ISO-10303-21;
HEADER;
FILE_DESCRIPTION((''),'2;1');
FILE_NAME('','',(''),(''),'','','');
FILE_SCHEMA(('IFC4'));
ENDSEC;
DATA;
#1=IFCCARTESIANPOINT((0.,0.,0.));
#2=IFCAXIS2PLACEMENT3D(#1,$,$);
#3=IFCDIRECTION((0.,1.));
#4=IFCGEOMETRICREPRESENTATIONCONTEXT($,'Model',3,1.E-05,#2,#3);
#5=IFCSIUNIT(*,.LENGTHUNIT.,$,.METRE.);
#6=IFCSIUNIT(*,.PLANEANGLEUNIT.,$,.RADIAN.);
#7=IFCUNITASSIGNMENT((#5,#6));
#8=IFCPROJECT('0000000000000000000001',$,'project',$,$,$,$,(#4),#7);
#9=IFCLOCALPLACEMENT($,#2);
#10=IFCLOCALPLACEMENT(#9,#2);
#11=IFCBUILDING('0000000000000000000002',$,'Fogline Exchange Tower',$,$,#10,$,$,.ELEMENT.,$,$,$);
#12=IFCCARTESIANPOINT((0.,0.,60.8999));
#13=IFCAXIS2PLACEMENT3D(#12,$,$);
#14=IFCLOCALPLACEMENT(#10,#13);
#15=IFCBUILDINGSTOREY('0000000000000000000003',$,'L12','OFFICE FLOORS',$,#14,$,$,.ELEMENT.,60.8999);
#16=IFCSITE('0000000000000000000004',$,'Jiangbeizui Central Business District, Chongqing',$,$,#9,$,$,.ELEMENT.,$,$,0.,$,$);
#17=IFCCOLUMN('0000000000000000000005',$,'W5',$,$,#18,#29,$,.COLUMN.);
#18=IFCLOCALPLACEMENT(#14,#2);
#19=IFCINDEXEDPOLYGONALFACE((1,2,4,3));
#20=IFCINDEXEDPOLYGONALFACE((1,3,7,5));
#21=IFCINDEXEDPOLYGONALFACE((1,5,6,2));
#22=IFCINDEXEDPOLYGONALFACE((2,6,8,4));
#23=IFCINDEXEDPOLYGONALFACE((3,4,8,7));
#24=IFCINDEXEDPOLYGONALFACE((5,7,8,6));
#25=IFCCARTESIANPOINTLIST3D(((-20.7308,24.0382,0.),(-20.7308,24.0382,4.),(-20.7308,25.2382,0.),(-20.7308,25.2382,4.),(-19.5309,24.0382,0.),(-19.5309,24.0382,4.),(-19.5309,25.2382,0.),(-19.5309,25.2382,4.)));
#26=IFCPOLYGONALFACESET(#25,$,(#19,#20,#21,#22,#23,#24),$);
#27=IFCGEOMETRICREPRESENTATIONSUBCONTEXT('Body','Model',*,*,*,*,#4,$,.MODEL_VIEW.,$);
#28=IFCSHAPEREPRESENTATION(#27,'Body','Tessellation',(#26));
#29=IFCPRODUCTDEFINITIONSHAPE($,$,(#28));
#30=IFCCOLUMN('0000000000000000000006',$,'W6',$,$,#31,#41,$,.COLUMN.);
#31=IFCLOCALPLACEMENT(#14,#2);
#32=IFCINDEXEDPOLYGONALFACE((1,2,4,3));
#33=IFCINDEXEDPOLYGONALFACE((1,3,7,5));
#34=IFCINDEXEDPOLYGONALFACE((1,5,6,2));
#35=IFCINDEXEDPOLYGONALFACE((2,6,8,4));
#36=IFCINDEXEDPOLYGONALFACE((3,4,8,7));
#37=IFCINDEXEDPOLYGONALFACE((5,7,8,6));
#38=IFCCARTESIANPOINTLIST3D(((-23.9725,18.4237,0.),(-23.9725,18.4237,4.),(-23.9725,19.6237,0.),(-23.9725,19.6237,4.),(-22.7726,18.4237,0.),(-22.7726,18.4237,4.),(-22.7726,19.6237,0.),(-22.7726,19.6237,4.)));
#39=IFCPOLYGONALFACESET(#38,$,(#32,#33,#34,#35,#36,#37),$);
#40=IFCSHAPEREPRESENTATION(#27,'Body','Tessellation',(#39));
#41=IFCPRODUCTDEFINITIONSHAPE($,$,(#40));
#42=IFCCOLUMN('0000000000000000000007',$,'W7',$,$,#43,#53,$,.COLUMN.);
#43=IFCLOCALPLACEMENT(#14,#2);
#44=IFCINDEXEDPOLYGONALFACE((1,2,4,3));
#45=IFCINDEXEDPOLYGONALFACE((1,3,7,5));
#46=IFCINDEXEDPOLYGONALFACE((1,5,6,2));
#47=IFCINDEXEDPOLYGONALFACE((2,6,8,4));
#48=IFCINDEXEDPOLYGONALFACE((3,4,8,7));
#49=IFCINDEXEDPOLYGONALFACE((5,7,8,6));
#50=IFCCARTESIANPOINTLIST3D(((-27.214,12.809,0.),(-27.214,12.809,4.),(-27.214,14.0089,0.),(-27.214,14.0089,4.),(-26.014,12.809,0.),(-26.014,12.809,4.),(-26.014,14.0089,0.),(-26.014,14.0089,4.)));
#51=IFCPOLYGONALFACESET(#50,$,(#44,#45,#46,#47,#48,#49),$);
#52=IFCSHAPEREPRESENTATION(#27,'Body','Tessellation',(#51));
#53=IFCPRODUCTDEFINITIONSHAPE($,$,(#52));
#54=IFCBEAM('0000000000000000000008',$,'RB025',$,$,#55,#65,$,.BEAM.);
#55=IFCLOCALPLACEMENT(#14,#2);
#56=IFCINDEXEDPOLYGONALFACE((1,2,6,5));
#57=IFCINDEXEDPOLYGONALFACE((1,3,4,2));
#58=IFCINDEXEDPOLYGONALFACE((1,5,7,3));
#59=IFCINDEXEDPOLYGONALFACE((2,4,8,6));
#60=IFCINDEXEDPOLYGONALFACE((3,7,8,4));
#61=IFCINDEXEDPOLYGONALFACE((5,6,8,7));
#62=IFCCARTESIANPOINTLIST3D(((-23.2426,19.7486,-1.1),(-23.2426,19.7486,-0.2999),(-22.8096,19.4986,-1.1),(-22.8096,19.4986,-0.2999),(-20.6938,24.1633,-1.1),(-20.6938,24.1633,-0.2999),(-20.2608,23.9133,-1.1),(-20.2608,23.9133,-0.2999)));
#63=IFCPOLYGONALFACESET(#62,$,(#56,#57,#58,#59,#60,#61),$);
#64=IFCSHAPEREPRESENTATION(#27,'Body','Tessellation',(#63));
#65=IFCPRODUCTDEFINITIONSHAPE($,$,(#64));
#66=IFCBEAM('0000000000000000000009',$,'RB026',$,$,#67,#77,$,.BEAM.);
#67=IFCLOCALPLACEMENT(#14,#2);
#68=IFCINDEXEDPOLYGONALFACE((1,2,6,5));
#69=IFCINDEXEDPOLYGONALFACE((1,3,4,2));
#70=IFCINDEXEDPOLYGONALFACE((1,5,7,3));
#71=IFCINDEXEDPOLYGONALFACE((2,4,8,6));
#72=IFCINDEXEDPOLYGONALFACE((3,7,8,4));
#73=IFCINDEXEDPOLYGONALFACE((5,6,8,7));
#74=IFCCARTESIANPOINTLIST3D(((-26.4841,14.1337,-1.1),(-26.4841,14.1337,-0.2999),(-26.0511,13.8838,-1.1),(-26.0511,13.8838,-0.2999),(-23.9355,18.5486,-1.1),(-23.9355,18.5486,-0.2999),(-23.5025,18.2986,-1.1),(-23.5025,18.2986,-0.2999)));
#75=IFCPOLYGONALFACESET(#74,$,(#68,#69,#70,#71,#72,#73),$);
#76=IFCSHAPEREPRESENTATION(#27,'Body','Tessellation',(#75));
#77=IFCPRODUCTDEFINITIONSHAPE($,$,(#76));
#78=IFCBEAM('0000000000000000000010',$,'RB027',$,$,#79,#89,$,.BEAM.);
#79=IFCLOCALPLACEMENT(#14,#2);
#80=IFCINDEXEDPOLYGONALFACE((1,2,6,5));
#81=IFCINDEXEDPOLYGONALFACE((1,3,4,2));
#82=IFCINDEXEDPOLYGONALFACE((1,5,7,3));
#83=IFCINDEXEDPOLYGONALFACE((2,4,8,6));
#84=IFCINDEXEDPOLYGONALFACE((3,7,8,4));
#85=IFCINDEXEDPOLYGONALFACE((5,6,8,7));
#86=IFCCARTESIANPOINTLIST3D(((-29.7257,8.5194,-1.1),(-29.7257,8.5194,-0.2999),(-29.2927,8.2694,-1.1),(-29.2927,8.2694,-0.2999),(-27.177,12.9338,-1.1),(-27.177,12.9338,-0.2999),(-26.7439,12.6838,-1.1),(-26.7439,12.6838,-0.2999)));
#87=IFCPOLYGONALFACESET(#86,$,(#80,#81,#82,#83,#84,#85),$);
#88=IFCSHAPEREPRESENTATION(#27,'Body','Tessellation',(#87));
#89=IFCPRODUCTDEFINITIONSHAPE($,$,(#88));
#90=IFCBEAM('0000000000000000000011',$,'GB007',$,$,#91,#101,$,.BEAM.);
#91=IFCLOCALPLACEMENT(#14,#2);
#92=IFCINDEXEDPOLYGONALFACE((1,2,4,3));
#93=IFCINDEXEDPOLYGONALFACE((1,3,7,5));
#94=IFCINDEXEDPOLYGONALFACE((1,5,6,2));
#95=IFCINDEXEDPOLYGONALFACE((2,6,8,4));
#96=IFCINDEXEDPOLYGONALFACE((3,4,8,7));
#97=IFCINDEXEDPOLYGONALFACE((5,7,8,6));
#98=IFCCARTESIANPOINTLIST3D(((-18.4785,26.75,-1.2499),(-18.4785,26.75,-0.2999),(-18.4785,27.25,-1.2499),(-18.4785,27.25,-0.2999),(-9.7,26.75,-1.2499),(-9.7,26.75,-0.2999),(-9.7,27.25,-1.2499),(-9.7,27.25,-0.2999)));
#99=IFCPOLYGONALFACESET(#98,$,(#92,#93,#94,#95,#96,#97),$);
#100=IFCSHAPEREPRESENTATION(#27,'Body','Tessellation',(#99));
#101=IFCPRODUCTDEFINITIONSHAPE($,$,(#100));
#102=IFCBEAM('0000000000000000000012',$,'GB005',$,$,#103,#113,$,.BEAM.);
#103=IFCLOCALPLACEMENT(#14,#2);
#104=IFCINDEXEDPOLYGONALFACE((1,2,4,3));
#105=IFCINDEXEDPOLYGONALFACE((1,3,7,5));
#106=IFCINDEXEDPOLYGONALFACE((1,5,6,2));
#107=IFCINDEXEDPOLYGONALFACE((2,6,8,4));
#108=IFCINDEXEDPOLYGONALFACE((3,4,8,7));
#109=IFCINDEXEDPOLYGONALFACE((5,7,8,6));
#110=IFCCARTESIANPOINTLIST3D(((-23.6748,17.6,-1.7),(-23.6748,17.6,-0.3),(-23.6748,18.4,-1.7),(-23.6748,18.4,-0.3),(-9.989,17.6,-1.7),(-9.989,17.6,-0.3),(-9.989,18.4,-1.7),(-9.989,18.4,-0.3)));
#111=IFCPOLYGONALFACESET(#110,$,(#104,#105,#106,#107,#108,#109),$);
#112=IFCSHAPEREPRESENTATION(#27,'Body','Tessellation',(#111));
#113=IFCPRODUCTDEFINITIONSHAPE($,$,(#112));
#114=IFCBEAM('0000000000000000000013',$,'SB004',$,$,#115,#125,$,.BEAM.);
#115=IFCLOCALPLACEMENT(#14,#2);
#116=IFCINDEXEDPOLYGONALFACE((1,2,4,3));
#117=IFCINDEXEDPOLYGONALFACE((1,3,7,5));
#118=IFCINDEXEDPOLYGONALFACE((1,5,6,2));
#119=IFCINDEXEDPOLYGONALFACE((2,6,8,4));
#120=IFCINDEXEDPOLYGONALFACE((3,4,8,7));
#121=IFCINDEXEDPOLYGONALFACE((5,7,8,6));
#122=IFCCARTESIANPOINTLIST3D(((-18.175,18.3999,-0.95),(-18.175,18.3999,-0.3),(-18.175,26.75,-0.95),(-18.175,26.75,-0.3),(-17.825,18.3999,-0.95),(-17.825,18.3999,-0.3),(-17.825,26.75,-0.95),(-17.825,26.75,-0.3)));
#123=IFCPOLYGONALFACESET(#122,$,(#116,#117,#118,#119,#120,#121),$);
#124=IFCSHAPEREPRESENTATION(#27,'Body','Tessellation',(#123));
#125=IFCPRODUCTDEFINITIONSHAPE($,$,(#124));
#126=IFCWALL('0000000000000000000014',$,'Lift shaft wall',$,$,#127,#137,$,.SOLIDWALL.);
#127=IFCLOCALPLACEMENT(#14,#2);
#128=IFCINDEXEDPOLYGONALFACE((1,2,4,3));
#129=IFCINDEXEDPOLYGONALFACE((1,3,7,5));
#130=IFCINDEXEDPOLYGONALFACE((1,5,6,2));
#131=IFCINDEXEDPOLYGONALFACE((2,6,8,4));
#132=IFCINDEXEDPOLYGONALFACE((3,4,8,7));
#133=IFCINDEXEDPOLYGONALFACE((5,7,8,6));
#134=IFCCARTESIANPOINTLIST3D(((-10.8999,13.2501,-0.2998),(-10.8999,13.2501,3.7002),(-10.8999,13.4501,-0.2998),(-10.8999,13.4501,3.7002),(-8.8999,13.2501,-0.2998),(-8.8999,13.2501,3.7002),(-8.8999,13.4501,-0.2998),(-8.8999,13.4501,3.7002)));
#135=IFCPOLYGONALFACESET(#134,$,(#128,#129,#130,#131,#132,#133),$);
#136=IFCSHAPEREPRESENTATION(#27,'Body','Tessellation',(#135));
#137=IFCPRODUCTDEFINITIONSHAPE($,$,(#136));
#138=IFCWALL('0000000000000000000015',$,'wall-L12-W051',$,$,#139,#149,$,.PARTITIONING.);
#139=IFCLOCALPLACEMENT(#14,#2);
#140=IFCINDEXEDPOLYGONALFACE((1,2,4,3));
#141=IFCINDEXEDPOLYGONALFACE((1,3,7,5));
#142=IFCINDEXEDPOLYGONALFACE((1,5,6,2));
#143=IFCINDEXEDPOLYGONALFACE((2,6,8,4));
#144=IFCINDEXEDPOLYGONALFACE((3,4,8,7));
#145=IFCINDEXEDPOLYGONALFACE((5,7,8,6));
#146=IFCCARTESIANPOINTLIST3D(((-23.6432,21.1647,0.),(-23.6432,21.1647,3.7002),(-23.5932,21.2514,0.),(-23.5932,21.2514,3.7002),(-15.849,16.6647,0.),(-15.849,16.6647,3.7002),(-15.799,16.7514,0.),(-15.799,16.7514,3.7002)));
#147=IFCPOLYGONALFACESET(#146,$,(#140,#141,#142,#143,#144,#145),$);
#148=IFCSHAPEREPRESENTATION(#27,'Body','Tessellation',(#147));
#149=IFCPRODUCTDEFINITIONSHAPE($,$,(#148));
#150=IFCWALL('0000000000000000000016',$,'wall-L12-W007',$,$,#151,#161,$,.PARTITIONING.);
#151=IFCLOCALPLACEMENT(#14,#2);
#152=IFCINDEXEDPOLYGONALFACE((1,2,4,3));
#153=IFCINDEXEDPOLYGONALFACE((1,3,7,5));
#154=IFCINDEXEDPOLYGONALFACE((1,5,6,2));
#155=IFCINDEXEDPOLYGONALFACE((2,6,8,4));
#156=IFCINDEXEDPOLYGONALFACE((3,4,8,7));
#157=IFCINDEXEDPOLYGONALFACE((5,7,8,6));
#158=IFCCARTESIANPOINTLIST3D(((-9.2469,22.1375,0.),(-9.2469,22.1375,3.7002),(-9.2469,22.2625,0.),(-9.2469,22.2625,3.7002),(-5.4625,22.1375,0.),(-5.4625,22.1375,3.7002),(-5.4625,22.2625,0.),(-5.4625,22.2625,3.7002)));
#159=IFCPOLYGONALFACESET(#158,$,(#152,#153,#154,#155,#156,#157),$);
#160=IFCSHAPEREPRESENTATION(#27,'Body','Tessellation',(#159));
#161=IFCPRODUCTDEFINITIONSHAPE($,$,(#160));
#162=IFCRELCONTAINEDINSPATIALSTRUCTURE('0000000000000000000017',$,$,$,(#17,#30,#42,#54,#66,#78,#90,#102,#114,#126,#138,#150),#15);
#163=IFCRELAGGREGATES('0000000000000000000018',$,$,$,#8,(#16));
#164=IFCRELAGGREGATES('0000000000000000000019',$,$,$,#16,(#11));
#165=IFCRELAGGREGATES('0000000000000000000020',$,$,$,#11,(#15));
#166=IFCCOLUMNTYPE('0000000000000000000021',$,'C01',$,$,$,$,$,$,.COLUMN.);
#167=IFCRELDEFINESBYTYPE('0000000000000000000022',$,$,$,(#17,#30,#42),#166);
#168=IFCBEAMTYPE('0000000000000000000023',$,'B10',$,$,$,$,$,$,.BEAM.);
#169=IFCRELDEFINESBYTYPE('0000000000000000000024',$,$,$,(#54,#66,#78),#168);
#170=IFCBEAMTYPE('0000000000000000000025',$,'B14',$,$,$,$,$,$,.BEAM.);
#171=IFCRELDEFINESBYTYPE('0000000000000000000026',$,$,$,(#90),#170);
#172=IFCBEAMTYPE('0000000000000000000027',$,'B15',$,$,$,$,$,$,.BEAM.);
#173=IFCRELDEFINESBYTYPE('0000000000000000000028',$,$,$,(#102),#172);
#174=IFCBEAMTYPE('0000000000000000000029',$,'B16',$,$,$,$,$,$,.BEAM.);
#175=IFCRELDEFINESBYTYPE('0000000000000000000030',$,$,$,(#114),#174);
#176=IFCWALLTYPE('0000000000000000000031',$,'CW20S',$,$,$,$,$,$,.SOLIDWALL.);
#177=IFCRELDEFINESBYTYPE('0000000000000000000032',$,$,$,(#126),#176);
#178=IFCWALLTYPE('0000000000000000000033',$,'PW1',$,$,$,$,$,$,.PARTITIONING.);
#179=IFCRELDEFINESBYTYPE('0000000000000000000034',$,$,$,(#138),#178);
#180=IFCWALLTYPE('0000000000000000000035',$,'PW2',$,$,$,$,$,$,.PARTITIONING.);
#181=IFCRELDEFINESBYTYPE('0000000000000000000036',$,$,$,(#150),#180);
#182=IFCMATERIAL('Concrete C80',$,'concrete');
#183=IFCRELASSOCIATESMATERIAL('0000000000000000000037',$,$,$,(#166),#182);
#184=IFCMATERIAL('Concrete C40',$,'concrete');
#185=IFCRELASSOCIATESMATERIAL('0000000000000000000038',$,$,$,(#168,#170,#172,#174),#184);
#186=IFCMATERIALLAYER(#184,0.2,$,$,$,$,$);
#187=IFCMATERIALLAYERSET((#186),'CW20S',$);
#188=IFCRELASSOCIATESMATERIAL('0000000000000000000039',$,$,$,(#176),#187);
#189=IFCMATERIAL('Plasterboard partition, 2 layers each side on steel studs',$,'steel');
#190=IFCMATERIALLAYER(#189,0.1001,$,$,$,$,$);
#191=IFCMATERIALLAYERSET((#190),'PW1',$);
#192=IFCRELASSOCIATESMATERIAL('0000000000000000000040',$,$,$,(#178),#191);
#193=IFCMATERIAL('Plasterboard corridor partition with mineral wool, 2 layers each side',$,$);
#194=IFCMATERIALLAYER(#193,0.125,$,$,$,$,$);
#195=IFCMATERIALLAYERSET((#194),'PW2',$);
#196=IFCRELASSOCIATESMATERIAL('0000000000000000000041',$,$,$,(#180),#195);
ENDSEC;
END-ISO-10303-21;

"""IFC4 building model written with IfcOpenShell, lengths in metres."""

from ifc_helpers import new_model, si_unit, direction, frame, frame_2d, origin, origin_2d, place, context, subcontext, project, spatial, rectangle, extrude, material, layer, layer_set, material_profile, profile_set, type_object, element, save


model = new_model("IFC4")

# Units and contexts
model_context = context("Model", 3, precision=1e-05, world=origin(), true_north=direction((0.0, 1.0)))
body_context = subcontext(model_context, "Body", "Model", "MODEL_VIEW")
ifc_project = project(units=[si_unit("LENGTHUNIT", "METRE"), si_unit("PLANEANGLEUNIT", "RADIAN")], contexts=[model_context])

# Site, building, storey
site_placement = place(None, origin())
site = spatial("IfcSite", under=ifc_project, at=site_placement, Name="Jiangbeizui Central Business District, Chongqing", CompositionType="ELEMENT", RefElevation=0.0)
building_placement = place(site_placement, origin())
building = spatial("IfcBuilding", under=site, at=building_placement, Name="Fogline Exchange Tower", CompositionType="ELEMENT")
storey_placement = place(building_placement, frame((0.0, 0.0, 60.8999)))
storey = spatial("IfcBuildingStorey", under=building, at=storey_placement, Name="L12", Description="OFFICE FLOORS", CompositionType="ELEMENT", Elevation=60.8999)

# Columns
ifc_material_1 = material(Name="Concrete C80", Category="concrete")
ifc_material_profile_1 = material_profile(ifc_material_1, rectangle(XDim=1.2, YDim=1.2, at=origin_2d()), Name="RC 1200x1200")
ifc_profile_set_1 = profile_set([ifc_material_profile_1], Name="Concrete C80")
column_type = type_object("IfcColumnType", Name="C01", PredefinedType="COLUMN", material=ifc_profile_set_1)
for number, where, z_axis, x_axis, name in (
    (1, (-20.1309, 24.6382, 0.0), (0.0, 0.0, 1.0), (1.0, 0.0, 0.0), "W5"),
    (2, (-23.3726, 19.0237, 0.0), (0.0, 0.0, 1.0), (1.0, 0.0, 0.0), "W6"),
    (3, (-26.614, 13.4089, 0.0), (0.0, 0.0, 1.0), (1.0, 0.0, 0.0), "W7"),
):
    element("IfcColumn", number, at=place(storey_placement, frame(where, z_axis=z_axis, x_axis=x_axis)), inside=storey, type_object=column_type, Name=name, PredefinedType="COLUMN", context=body_context, shape_type="SweptSolid", body=[
        extrude(rectangle(XDim=1.2, YDim=1.2, at=origin_2d()), origin(), (0.0, 0.0, 1.0), 4.0),
    ])

# Beams
ifc_material_2 = material(Name="Concrete C40", Category="concrete")
ifc_material_profile_2 = material_profile(ifc_material_2, rectangle(XDim=0.5, YDim=0.8, at=origin_2d()), Name="RC 500x800")
ifc_profile_set_2 = profile_set([ifc_material_profile_2], Name="Concrete C40")
beam_type_1 = type_object("IfcBeamType", Name="B10", PredefinedType="BEAM", material=ifc_profile_set_2)
for number, where, z_axis, x_axis, name in (
    (4, (-20.4773, 24.0383, -0.7), (-0.499992, -0.86603, 0.0), (0.86603, -0.499992, 0.0), "RB025"),
    (5, (-23.719, 18.4236, -0.7), (-0.499956, -0.866051, 0.0), (0.866051, -0.499956, 0.0), "RB026"),
):
    element("IfcBeam", number, at=place(storey_placement, frame(where, z_axis=z_axis, x_axis=x_axis)), inside=storey, type_object=beam_type_1, Name=name, PredefinedType="BEAM", context=body_context, shape_type="SweptSolid", body=[
        extrude(rectangle(XDim=0.5, YDim=0.8, at=origin_2d()), origin(), (0.0, 0.0, 1.0), 5.0977),
    ])
beam_1_placement = place(storey_placement, frame((-26.9604, 12.8088, -0.7), z_axis=(-0.500013, -0.866018, 0.0), x_axis=(0.866018, -0.500013, 0.0)))
element("IfcBeam", 6, at=beam_1_placement, inside=storey, type_object=beam_type_1, Name="RB027", PredefinedType="BEAM", context=body_context, shape_type="SweptSolid", body=[
    extrude(rectangle(XDim=0.5, YDim=0.8, at=origin_2d()), origin(), (0.0, 0.0, 1.0), 5.0974),
])
ifc_material_profile_3 = material_profile(ifc_material_2, rectangle(XDim=0.5, YDim=0.95, at=origin_2d()), Name="RC 500x950")
ifc_profile_set_3 = profile_set([ifc_material_profile_3], Name="Concrete C40")
beam_type_2 = type_object("IfcBeamType", Name="B14", PredefinedType="BEAM", material=ifc_profile_set_3)
beam_2_placement = place(storey_placement, frame((-18.4785, 27.0, -0.7749), z_axis=(1.0, 0.0, 0.0), x_axis=(0.0, 1.0, 0.0)))
element("IfcBeam", 7, at=beam_2_placement, inside=storey, type_object=beam_type_2, Name="GB007", PredefinedType="BEAM", context=body_context, shape_type="SweptSolid", body=[
    extrude(rectangle(XDim=0.5, YDim=0.95, at=origin_2d()), origin(), (0.0, 0.0, 1.0), 8.7786),
])
ifc_material_profile_4 = material_profile(ifc_material_2, rectangle(XDim=0.8, YDim=1.3999, at=origin_2d()), Name="RC 800x1400")
ifc_profile_set_4 = profile_set([ifc_material_profile_4], Name="Concrete C40")
beam_type_3 = type_object("IfcBeamType", Name="B15", PredefinedType="BEAM", material=ifc_profile_set_4)
beam_3_placement = place(storey_placement, frame((-23.6748, 18.0, -1.0), z_axis=(1.0, 0.0, 0.0), x_axis=(0.0, 1.0, 0.0)))
element("IfcBeam", 8, at=beam_3_placement, inside=storey, type_object=beam_type_3, Name="GB005", PredefinedType="BEAM", context=body_context, shape_type="SweptSolid", body=[
    extrude(rectangle(XDim=0.8, YDim=1.3999, at=origin_2d()), origin(), (0.0, 0.0, 1.0), 13.6858),
])
ifc_material_profile_5 = material_profile(ifc_material_2, rectangle(XDim=0.3501, YDim=0.6499, at=origin_2d()), Name="RC 350x650")
ifc_profile_set_5 = profile_set([ifc_material_profile_5], Name="Concrete C40")
beam_type_4 = type_object("IfcBeamType", Name="B16", PredefinedType="BEAM", material=ifc_profile_set_5)
beam_4_placement = place(storey_placement, frame((-18.0, 18.3999, -0.625), z_axis=(0.0, 1.0, 0.0), x_axis=(-1.0, 0.0, 0.0)))
element("IfcBeam", 9, at=beam_4_placement, inside=storey, type_object=beam_type_4, Name="SB004", PredefinedType="BEAM", context=body_context, shape_type="SweptSolid", body=[
    extrude(rectangle(XDim=0.3501, YDim=0.6499, at=origin_2d()), origin(), (0.0, 0.0, 1.0), 8.3501),
])

# Walls
ifc_layer_1 = layer(ifc_material_2, 0.2)
ifc_layer_set_1 = layer_set([ifc_layer_1], Name="CW20S")
wall_type_1 = type_object("IfcWallType", Name="CW20S", PredefinedType="SOLIDWALL", material=ifc_layer_set_1)
wall_1_placement = place(storey_placement, frame((-10.8999, 13.3501, -0.2998), z_axis=(0.0, 0.0, 1.0), x_axis=(1.0, 0.0, 0.0)))
element("IfcWall", 10, at=wall_1_placement, inside=storey, type_object=wall_type_1, Name="Lift shaft wall", PredefinedType="SOLIDWALL", context=body_context, shape_type="SweptSolid", body=[
    extrude(rectangle(XDim=2.0, YDim=0.2, at=frame_2d((1.0, 0.0))), origin(), (0.0, 0.0, 1.0), 4.0),
])
ifc_material_3 = material(Name="Plasterboard partition, 2 layers each side on steel studs", Category="steel")
ifc_layer_2 = layer(ifc_material_3, 0.1001)
ifc_layer_set_2 = layer_set([ifc_layer_2], Name="PW1")
wall_type_2 = type_object("IfcWallType", Name="PW1", PredefinedType="PARTITIONING", material=ifc_layer_set_2)
wall_2_placement = place(storey_placement, frame((-15.824, 16.708, 0.0), z_axis=(0.0, 0.0, 1.0), x_axis=(-0.866024, 0.500002, 0.0)))
element("IfcWall", 11, at=wall_2_placement, inside=storey, type_object=wall_type_2, Name="wall-L12-W051", PredefinedType="PARTITIONING", context=body_context, shape_type="SweptSolid", body=[
    extrude(rectangle(XDim=9.0, YDim=0.1001, at=frame_2d((4.5, 0.0))), origin(), (0.0, 0.0, 1.0), 3.7002),
])
ifc_material_4 = material(Name="Plasterboard corridor partition with mineral wool, 2 layers each side")
ifc_layer_3 = layer(ifc_material_4, 0.125)
ifc_layer_set_3 = layer_set([ifc_layer_3], Name="PW2")
wall_type_3 = type_object("IfcWallType", Name="PW2", PredefinedType="PARTITIONING", material=ifc_layer_set_3)
wall_3_placement = place(storey_placement, frame((-9.2468, 22.2, 0.0), z_axis=(0.0, 0.0, 1.0), x_axis=(1.0, 0.0, 0.0)))
element("IfcWall", 12, at=wall_3_placement, inside=storey, type_object=wall_type_3, Name="wall-L12-W007", PredefinedType="PARTITIONING", context=body_context, shape_type="SweptSolid", body=[
    extrude(rectangle(XDim=3.7844, YDim=0.125, at=frame_2d((1.8921, 0.0))), origin(), (0.0, 0.0, 1.0), 3.7002),
])

save(model, "model.ifc")
